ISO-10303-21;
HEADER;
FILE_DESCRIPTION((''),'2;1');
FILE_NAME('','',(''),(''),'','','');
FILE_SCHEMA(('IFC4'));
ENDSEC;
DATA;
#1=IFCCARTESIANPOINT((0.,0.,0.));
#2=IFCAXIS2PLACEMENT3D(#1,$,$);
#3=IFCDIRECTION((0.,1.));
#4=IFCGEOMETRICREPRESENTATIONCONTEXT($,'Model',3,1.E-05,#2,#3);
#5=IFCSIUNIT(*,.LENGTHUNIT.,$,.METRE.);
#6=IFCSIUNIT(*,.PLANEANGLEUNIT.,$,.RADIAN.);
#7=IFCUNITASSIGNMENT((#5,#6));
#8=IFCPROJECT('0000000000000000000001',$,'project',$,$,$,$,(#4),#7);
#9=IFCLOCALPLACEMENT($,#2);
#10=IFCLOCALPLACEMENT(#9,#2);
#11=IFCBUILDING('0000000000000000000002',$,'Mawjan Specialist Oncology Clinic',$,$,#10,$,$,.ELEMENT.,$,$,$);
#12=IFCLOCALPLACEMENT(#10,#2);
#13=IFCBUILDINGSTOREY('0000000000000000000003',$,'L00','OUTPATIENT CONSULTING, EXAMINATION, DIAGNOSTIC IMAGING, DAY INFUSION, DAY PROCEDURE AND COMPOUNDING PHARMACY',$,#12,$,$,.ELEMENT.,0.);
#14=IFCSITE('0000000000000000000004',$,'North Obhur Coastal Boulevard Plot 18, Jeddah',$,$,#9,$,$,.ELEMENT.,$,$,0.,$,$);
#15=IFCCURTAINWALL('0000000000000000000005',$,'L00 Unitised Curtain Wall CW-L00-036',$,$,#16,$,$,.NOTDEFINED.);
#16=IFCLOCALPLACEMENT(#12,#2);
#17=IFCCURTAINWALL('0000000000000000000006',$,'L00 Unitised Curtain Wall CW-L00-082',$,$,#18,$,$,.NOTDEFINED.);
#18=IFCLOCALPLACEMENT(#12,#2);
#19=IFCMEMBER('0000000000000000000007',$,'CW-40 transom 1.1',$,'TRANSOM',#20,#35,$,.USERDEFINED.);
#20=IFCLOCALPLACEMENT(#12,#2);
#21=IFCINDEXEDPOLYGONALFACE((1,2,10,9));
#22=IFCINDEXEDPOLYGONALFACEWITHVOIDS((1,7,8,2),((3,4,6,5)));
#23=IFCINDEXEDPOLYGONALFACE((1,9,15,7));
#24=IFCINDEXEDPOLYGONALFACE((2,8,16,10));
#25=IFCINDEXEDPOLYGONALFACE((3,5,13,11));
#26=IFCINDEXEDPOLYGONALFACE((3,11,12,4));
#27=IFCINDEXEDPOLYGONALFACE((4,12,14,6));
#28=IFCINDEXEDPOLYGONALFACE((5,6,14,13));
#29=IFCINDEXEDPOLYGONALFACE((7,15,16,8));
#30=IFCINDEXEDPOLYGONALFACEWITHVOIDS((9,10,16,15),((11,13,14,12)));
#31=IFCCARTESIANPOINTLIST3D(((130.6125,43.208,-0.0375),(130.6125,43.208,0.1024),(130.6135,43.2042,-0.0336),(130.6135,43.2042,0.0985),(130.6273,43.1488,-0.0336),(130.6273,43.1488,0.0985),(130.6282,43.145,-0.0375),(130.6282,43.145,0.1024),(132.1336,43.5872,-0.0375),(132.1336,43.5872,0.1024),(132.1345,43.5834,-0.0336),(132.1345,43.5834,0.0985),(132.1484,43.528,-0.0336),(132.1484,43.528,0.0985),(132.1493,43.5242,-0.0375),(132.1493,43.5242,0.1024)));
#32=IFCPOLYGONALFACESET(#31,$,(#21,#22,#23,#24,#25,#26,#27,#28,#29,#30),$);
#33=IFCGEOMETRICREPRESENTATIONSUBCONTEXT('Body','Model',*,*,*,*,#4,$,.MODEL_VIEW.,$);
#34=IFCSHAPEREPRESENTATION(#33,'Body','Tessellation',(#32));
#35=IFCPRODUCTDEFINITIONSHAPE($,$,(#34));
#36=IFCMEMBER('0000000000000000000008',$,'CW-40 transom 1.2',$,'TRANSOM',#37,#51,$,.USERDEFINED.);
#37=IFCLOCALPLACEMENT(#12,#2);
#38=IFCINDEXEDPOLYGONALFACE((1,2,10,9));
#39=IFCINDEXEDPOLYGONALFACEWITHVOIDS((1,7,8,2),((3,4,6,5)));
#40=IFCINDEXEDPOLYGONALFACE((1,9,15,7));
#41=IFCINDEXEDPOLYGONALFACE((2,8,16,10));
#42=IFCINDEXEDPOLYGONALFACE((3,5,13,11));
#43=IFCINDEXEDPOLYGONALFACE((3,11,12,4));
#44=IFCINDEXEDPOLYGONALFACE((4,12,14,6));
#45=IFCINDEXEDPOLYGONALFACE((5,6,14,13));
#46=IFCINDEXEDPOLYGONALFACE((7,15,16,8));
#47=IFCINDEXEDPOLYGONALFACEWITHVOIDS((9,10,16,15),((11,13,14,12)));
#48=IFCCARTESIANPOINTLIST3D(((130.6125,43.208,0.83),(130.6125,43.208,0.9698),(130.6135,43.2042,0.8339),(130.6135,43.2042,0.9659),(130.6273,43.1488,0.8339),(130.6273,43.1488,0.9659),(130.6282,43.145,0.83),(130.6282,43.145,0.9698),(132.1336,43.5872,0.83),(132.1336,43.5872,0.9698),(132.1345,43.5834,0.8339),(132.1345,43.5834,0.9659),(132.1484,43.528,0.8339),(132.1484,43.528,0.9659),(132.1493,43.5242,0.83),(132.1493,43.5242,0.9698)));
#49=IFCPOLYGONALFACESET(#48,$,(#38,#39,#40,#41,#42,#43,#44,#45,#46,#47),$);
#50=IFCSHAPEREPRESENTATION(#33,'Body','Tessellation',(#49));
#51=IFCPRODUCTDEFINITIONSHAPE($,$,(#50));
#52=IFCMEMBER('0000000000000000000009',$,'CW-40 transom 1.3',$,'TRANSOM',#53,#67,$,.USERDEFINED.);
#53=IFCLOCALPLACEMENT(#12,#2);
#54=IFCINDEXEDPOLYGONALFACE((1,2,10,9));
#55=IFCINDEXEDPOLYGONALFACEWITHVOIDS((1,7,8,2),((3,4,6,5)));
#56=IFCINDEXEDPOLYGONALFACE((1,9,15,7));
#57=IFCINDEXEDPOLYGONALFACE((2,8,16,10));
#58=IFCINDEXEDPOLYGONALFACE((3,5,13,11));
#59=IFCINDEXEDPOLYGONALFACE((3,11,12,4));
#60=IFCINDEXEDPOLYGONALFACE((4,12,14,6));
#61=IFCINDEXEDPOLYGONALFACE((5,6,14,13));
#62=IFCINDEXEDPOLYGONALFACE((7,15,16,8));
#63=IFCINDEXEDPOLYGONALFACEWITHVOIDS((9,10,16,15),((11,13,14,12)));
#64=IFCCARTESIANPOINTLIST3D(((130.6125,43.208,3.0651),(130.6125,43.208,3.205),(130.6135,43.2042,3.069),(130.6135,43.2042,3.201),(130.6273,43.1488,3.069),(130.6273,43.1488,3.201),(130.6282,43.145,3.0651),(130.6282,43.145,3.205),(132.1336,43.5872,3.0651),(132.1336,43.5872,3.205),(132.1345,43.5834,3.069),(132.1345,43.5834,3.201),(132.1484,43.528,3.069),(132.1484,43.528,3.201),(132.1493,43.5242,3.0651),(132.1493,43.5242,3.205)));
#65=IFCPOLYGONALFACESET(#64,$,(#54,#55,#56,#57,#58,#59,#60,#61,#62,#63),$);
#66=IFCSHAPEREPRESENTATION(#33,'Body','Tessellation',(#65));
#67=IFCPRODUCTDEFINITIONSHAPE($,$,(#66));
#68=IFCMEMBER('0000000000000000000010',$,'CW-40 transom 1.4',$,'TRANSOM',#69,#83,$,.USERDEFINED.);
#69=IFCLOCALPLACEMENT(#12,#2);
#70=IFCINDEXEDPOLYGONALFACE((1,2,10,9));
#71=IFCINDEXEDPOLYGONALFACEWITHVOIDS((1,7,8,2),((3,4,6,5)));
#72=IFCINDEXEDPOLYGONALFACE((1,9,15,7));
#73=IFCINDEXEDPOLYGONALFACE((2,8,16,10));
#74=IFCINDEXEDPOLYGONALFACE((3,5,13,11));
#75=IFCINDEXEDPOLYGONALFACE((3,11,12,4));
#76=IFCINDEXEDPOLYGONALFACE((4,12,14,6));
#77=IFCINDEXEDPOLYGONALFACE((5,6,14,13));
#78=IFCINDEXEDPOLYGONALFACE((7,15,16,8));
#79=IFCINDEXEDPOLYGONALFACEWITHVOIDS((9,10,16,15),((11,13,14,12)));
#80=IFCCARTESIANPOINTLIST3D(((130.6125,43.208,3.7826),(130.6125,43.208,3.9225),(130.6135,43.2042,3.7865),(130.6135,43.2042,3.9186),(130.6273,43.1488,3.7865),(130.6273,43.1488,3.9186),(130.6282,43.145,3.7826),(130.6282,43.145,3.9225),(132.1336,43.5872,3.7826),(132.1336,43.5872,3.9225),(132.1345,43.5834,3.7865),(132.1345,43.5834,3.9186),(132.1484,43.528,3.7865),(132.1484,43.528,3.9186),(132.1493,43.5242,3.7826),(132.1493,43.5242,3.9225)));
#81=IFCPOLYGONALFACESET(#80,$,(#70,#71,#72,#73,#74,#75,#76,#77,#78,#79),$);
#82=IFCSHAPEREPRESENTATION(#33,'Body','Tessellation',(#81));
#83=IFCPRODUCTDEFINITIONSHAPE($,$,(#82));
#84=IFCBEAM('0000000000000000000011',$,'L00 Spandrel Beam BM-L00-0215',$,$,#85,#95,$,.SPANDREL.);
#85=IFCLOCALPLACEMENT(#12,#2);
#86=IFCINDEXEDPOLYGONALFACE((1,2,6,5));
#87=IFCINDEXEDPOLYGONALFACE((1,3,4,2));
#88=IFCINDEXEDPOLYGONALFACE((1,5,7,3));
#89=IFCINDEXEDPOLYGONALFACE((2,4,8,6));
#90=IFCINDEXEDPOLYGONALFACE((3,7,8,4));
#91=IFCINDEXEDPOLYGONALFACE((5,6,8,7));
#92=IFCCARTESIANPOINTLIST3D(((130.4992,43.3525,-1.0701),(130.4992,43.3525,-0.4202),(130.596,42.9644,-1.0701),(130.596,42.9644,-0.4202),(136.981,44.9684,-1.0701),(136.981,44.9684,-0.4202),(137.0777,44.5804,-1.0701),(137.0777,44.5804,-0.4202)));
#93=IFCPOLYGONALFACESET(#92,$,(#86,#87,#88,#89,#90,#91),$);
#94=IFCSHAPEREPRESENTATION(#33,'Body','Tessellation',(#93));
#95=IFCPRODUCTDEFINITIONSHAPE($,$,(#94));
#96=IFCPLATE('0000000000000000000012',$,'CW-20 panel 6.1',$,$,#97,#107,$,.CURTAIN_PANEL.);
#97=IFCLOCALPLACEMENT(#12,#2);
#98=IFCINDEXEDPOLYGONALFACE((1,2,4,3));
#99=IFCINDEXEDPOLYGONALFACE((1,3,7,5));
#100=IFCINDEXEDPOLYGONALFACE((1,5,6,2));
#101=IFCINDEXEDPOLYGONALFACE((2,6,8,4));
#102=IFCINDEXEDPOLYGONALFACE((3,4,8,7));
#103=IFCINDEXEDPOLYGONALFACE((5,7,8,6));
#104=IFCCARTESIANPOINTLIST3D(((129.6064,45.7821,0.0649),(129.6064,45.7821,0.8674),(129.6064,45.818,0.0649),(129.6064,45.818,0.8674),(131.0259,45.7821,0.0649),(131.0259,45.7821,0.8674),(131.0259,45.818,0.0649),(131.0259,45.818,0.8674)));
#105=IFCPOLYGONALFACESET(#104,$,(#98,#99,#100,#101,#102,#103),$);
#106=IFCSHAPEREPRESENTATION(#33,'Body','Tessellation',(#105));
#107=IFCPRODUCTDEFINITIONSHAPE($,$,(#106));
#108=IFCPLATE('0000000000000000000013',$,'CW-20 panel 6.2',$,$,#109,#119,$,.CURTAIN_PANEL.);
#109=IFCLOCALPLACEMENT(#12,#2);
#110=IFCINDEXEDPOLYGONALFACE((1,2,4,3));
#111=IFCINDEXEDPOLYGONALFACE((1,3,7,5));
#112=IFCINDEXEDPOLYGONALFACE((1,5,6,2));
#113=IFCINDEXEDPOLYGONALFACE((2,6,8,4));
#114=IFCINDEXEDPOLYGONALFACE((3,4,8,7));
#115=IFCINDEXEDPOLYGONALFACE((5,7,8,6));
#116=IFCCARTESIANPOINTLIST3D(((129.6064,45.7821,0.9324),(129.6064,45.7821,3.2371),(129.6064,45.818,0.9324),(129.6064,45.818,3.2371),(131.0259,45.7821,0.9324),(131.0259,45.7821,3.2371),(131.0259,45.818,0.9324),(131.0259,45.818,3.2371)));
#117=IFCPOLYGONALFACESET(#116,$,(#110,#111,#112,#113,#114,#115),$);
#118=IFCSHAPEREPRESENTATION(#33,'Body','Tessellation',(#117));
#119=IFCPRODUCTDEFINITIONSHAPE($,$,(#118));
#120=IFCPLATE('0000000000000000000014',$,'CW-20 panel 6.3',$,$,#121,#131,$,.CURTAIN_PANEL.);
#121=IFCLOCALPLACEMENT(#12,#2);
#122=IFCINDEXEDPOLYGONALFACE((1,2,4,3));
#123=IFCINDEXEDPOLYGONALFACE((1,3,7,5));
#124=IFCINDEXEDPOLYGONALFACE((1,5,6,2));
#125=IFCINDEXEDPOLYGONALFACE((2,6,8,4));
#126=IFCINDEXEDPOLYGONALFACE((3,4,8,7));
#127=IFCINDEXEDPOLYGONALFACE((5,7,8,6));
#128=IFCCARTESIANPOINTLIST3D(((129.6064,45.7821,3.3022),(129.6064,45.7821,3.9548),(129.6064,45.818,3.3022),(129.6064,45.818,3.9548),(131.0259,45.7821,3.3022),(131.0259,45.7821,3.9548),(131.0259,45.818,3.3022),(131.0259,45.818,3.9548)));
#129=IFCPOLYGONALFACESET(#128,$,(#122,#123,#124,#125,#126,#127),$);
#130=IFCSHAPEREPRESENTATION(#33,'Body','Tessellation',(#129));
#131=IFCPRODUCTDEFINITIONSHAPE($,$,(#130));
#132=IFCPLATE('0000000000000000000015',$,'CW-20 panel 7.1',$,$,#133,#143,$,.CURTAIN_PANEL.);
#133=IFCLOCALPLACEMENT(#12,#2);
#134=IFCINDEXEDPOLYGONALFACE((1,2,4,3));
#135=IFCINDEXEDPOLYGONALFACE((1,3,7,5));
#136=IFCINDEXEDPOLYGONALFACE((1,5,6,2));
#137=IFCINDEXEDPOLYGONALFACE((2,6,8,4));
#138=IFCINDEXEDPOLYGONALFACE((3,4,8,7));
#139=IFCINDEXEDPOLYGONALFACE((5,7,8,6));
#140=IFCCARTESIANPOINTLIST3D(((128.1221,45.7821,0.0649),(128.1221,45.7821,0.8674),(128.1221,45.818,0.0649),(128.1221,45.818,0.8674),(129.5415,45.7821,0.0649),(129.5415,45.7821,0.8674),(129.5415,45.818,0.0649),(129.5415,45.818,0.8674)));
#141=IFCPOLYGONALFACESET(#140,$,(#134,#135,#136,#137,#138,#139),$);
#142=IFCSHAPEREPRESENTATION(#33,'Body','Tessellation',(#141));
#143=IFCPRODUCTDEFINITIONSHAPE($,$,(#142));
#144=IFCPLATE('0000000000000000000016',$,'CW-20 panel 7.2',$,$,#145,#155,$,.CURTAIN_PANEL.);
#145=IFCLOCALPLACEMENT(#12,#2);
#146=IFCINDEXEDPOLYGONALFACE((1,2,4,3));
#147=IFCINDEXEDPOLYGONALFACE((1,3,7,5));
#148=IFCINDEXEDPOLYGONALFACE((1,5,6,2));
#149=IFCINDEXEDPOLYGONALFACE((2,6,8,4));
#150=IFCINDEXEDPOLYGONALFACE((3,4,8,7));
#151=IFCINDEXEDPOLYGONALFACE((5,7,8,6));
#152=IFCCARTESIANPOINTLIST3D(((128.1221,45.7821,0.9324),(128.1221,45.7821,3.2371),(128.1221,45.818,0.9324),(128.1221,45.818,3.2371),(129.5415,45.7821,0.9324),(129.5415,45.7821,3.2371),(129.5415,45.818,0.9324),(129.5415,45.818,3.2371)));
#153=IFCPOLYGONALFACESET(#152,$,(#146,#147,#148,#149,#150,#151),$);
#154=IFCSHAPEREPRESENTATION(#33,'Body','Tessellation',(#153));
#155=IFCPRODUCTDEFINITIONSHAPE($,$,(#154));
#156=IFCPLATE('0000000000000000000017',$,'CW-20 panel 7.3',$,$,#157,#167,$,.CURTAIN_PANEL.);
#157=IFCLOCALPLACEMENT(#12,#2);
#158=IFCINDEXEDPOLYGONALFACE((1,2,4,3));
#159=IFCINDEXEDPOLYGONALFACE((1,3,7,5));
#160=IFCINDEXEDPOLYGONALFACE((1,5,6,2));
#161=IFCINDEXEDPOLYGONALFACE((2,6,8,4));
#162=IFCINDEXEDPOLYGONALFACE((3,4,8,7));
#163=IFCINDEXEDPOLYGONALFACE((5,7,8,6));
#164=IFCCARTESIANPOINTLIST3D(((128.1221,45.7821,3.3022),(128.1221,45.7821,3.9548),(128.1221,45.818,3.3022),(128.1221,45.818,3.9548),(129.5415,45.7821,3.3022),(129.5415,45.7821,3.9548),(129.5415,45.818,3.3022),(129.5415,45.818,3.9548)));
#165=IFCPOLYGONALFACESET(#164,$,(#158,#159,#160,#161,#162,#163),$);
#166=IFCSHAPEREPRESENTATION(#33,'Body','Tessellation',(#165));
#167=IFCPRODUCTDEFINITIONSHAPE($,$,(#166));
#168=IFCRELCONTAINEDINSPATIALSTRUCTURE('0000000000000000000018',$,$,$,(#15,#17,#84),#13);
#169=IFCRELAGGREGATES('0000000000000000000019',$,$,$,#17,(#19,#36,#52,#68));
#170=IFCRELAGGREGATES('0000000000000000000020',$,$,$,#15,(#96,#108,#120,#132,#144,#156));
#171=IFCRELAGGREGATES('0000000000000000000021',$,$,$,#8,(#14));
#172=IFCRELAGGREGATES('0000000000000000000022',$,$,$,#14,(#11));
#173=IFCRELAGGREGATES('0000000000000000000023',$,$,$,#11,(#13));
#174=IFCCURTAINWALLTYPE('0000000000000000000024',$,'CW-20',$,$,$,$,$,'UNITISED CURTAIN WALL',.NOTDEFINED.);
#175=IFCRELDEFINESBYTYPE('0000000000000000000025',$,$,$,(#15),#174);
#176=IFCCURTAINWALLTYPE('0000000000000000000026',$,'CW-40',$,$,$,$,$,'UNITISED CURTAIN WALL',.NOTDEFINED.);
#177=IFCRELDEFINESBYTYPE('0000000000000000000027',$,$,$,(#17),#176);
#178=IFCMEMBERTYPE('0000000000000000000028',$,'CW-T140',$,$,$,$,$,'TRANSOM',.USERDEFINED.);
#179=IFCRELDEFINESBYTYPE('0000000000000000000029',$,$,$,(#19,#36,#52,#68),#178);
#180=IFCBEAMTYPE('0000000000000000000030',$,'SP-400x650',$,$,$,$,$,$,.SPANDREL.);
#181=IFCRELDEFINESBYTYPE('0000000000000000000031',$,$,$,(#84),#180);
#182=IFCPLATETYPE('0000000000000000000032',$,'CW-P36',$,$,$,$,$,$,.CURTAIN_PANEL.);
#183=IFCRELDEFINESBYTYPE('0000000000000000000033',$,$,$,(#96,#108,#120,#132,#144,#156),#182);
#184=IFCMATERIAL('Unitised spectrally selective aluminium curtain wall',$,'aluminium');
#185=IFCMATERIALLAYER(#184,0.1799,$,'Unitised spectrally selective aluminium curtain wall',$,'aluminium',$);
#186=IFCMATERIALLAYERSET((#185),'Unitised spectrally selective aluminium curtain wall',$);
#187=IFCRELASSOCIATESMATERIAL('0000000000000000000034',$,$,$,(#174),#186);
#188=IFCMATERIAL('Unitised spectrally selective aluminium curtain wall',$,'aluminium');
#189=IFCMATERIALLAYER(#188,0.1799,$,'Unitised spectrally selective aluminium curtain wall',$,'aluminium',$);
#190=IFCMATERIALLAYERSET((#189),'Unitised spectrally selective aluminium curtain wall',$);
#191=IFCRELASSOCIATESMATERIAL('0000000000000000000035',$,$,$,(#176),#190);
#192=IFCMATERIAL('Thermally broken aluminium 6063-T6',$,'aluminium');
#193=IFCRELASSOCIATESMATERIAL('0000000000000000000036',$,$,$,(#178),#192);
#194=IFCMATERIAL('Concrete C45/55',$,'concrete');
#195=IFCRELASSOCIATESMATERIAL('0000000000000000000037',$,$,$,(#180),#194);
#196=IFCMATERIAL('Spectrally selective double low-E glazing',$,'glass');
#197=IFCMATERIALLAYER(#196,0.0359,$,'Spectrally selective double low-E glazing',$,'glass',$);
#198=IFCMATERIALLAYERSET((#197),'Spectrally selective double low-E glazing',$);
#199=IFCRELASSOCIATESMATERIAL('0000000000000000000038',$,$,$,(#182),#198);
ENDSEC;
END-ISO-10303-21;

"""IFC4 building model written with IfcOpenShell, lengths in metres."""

from ifc_helpers import new_model, si_unit, direction, frame, origin, origin_2d, place, context, subcontext, project, spatial, rectangle, hollow_rectangle, extrude, material, layer, layer_set, material_profile, profile_set, type_object, element, aggregate, save


model = new_model("IFC4")

# Units and contexts
model_context = context("Model", 3, precision=1e-05, world=origin(), true_north=direction((0.0, 1.0)))
body_context = subcontext(model_context, "Body", "Model", "MODEL_VIEW")
ifc_project = project(units=[si_unit("LENGTHUNIT", "METRE"), si_unit("PLANEANGLEUNIT", "RADIAN")], contexts=[model_context])

# Site, building, storey
site_placement = place(None, origin())
site = spatial("IfcSite", under=ifc_project, at=site_placement, Name="North Obhur Coastal Boulevard Plot 18, Jeddah", CompositionType="ELEMENT", RefElevation=0.0)
building_placement = place(site_placement, origin())
building = spatial("IfcBuilding", under=site, at=building_placement, Name="Mawjan Specialist Oncology Clinic", CompositionType="ELEMENT")
storey_placement = place(building_placement, origin())
storey = spatial("IfcBuildingStorey", under=building, at=storey_placement, Name="L00", Description="OUTPATIENT CONSULTING, EXAMINATION, DIAGNOSTIC IMAGING, DAY INFUSION, DAY PROCEDURE AND COMPOUNDING PHARMACY", CompositionType="ELEMENT", Elevation=0.0)

# Curtain wall
ifc_material_1 = material(Name="Unitised spectrally selective aluminium curtain wall", Category="aluminium")
ifc_layer_1 = layer(ifc_material_1, 0.1799, Name="Unitised spectrally selective aluminium curtain wall", Category="aluminium")
ifc_layer_set_1 = layer_set([ifc_layer_1], Name="Unitised spectrally selective aluminium curtain wall")
curtain_wall_type_1 = type_object("IfcCurtainWallType", Name="CW-20", ElementType="UNITISED CURTAIN WALL", PredefinedType="NOTDEFINED", material=ifc_layer_set_1)
curtain_wall_1_placement = place(storey_placement, origin())
curtain_wall_1 = element("IfcCurtainWall", 1, at=curtain_wall_1_placement, inside=storey, type_object=curtain_wall_type_1, Name="L00 Unitised Curtain Wall CW-L00-036", PredefinedType="NOTDEFINED")

# Curtain wall
ifc_material_2 = material(Name="Unitised spectrally selective aluminium curtain wall", Category="aluminium")
ifc_layer_2 = layer(ifc_material_2, 0.1799, Name="Unitised spectrally selective aluminium curtain wall", Category="aluminium")
ifc_layer_set_2 = layer_set([ifc_layer_2], Name="Unitised spectrally selective aluminium curtain wall")
curtain_wall_type_2 = type_object("IfcCurtainWallType", Name="CW-40", ElementType="UNITISED CURTAIN WALL", PredefinedType="NOTDEFINED", material=ifc_layer_set_2)
curtain_wall_2_placement = place(storey_placement, origin())
curtain_wall_2 = element("IfcCurtainWall", 2, at=curtain_wall_2_placement, inside=storey, type_object=curtain_wall_type_2, Name="L00 Unitised Curtain Wall CW-L00-082", PredefinedType="NOTDEFINED")

# Members
ifc_material_3 = material(Name="Thermally broken aluminium 6063-T6", Category="aluminium")
ifc_material_profile_1 = material_profile(ifc_material_3, hollow_rectangle(XDim=0.0649, YDim=0.1399, WallThickness=0.0039, at=origin_2d()), Name="ALU TRANSOM 140x65x4", Category="aluminium")
ifc_profile_set_1 = profile_set([ifc_material_profile_1], Name="Thermally broken aluminium 6063-T6")
member_type_1 = type_object("IfcMemberType", Name="CW-T140", ElementType="TRANSOM", PredefinedType="USERDEFINED", material=ifc_profile_set_1)
member_1_placement = place(storey_placement, frame((130.6204, 43.1765, 0.0325), z_axis=(0.970307, 0.241876, 0.0), x_axis=(-0.241876, 0.970307, 0.0)))
member_1 = element("IfcMember", 3, at=member_1_placement, type_object=member_type_1, Name="CW-40 transom 1.1", ObjectType="TRANSOM", PredefinedType="USERDEFINED", context=body_context, shape_type="SweptSolid", body=[
    extrude(hollow_rectangle(XDim=0.0649, YDim=0.1399, WallThickness=0.0039, at=origin_2d()), origin(), (0.0, 0.0, 1.0), 1.5676),
])
member_2_placement = place(storey_placement, frame((130.6204, 43.1765, 0.8999), z_axis=(0.970307, 0.241876, 0.0), x_axis=(-0.241876, 0.970307, 0.0)))
member_2 = element("IfcMember", 4, at=member_2_placement, type_object=member_type_1, Name="CW-40 transom 1.2", ObjectType="TRANSOM", PredefinedType="USERDEFINED", context=body_context, shape_type="SweptSolid", body=[
    extrude(hollow_rectangle(XDim=0.0649, YDim=0.1399, WallThickness=0.0039, at=origin_2d()), origin(), (0.0, 0.0, 1.0), 1.5676),
])
member_3_placement = place(storey_placement, frame((130.6204, 43.1765, 3.135), z_axis=(0.970307, 0.241876, 0.0), x_axis=(-0.241876, 0.970307, 0.0)))
member_3 = element("IfcMember", 5, at=member_3_placement, type_object=member_type_1, Name="CW-40 transom 1.3", ObjectType="TRANSOM", PredefinedType="USERDEFINED", context=body_context, shape_type="SweptSolid", body=[
    extrude(hollow_rectangle(XDim=0.0649, YDim=0.1399, WallThickness=0.0039, at=origin_2d()), origin(), (0.0, 0.0, 1.0), 1.5676),
])
member_4_placement = place(storey_placement, frame((130.6204, 43.1765, 3.8525), z_axis=(0.970307, 0.241876, 0.0), x_axis=(-0.241876, 0.970307, 0.0)))
member_4 = element("IfcMember", 6, at=member_4_placement, type_object=member_type_1, Name="CW-40 transom 1.4", ObjectType="TRANSOM", PredefinedType="USERDEFINED", context=body_context, shape_type="SweptSolid", body=[
    extrude(hollow_rectangle(XDim=0.0649, YDim=0.1399, WallThickness=0.0039, at=origin_2d()), origin(), (0.0, 0.0, 1.0), 1.5676),
])
aggregate(curtain_wall_2, [member_1, member_2, member_3, member_4])

# Beam
ifc_material_4 = material(Name="Concrete C45/55", Category="concrete")
ifc_material_profile_2 = material_profile(ifc_material_4, rectangle(XDim=0.3999, YDim=0.6499, at=origin_2d()), Name="RC BM 400x650", Category="concrete")
ifc_profile_set_2 = profile_set([ifc_material_profile_2], Name="Concrete C45/55")
beam_type = type_object("IfcBeamType", Name="SP-400x650", PredefinedType="SPANDREL", material=ifc_profile_set_2)
beam_placement = place(storey_placement, frame((130.5476, 43.1584, -0.7451), z_axis=(0.970299, 0.241908, 0.0), x_axis=(-0.241908, 0.970299, 0.0)))
element("IfcBeam", 7, at=beam_placement, inside=storey, type_object=beam_type, Name="L00 Spandrel Beam BM-L00-0215", PredefinedType="SPANDREL", context=body_context, shape_type="SweptSolid", body=[
    extrude(rectangle(XDim=0.3999, YDim=0.6499, at=origin_2d()), origin(), (0.0, 0.0, 1.0), 6.6802),
])

# Plates
ifc_material_5 = material(Name="Spectrally selective double low-E glazing", Category="glass")
ifc_layer_3 = layer(ifc_material_5, 0.0359, Name="Spectrally selective double low-E glazing", Category="glass")
ifc_layer_set_3 = layer_set([ifc_layer_3], Name="Spectrally selective double low-E glazing")
plate_type = type_object("IfcPlateType", Name="CW-P36", PredefinedType="CURTAIN_PANEL", material=ifc_layer_set_3)
plate_1_placement = place(storey_placement, frame((130.3162, 45.8, 0.0649), z_axis=(0.0, 0.0, 1.0), x_axis=(-1.0, 0.0, 0.0)))
plate_1 = element("IfcPlate", 8, at=plate_1_placement, type_object=plate_type, Name="CW-20 panel 6.1", PredefinedType="CURTAIN_PANEL", context=body_context, shape_type="SweptSolid", body=[
    extrude(rectangle(XDim=1.4194, YDim=0.0359, at=origin_2d()), origin(), (0.0, 0.0, 1.0), 0.8025),
])
plate_2_placement = place(storey_placement, frame((130.3162, 45.8, 0.9324), z_axis=(0.0, 0.0, 1.0), x_axis=(-1.0, 0.0, 0.0)))
plate_2 = element("IfcPlate", 9, at=plate_2_placement, type_object=plate_type, Name="CW-20 panel 6.2", PredefinedType="CURTAIN_PANEL", context=body_context, shape_type="SweptSolid", body=[
    extrude(rectangle(XDim=1.4194, YDim=0.0359, at=origin_2d()), origin(), (0.0, 0.0, 1.0), 2.3047),
])
plate_3_placement = place(storey_placement, frame((130.3162, 45.8, 3.3022), z_axis=(0.0, 0.0, 1.0), x_axis=(-1.0, 0.0, 0.0)))
plate_3 = element("IfcPlate", 10, at=plate_3_placement, type_object=plate_type, Name="CW-20 panel 6.3", PredefinedType="CURTAIN_PANEL", context=body_context, shape_type="SweptSolid", body=[
    extrude(rectangle(XDim=1.4194, YDim=0.0359, at=origin_2d()), origin(), (0.0, 0.0, 1.0), 0.6526),
])
plate_4_placement = place(storey_placement, frame((128.8318, 45.8, 0.0649), z_axis=(0.0, 0.0, 1.0), x_axis=(-1.0, 0.0, 0.0)))
plate_4 = element("IfcPlate", 11, at=plate_4_placement, type_object=plate_type, Name="CW-20 panel 7.1", PredefinedType="CURTAIN_PANEL", context=body_context, shape_type="SweptSolid", body=[
    extrude(rectangle(XDim=1.4194, YDim=0.0359, at=origin_2d()), origin(), (0.0, 0.0, 1.0), 0.8025),
])
plate_5_placement = place(storey_placement, frame((128.8318, 45.8, 0.9324), z_axis=(0.0, 0.0, 1.0), x_axis=(-1.0, 0.0, 0.0)))
plate_5 = element("IfcPlate", 12, at=plate_5_placement, type_object=plate_type, Name="CW-20 panel 7.2", PredefinedType="CURTAIN_PANEL", context=body_context, shape_type="SweptSolid", body=[
    extrude(rectangle(XDim=1.4194, YDim=0.0359, at=origin_2d()), origin(), (0.0, 0.0, 1.0), 2.3047),
])
plate_6_placement = place(storey_placement, frame((128.8318, 45.8, 3.3022), z_axis=(0.0, 0.0, 1.0), x_axis=(-1.0, 0.0, 0.0)))
plate_6 = element("IfcPlate", 13, at=plate_6_placement, type_object=plate_type, Name="CW-20 panel 7.3", PredefinedType="CURTAIN_PANEL", context=body_context, shape_type="SweptSolid", body=[
    extrude(rectangle(XDim=1.4194, YDim=0.0359, at=origin_2d()), origin(), (0.0, 0.0, 1.0), 0.6526),
])
aggregate(curtain_wall_1, [plate_1, plate_2, plate_3, plate_4, plate_5, plate_6])

save(model, "model.ifc")
